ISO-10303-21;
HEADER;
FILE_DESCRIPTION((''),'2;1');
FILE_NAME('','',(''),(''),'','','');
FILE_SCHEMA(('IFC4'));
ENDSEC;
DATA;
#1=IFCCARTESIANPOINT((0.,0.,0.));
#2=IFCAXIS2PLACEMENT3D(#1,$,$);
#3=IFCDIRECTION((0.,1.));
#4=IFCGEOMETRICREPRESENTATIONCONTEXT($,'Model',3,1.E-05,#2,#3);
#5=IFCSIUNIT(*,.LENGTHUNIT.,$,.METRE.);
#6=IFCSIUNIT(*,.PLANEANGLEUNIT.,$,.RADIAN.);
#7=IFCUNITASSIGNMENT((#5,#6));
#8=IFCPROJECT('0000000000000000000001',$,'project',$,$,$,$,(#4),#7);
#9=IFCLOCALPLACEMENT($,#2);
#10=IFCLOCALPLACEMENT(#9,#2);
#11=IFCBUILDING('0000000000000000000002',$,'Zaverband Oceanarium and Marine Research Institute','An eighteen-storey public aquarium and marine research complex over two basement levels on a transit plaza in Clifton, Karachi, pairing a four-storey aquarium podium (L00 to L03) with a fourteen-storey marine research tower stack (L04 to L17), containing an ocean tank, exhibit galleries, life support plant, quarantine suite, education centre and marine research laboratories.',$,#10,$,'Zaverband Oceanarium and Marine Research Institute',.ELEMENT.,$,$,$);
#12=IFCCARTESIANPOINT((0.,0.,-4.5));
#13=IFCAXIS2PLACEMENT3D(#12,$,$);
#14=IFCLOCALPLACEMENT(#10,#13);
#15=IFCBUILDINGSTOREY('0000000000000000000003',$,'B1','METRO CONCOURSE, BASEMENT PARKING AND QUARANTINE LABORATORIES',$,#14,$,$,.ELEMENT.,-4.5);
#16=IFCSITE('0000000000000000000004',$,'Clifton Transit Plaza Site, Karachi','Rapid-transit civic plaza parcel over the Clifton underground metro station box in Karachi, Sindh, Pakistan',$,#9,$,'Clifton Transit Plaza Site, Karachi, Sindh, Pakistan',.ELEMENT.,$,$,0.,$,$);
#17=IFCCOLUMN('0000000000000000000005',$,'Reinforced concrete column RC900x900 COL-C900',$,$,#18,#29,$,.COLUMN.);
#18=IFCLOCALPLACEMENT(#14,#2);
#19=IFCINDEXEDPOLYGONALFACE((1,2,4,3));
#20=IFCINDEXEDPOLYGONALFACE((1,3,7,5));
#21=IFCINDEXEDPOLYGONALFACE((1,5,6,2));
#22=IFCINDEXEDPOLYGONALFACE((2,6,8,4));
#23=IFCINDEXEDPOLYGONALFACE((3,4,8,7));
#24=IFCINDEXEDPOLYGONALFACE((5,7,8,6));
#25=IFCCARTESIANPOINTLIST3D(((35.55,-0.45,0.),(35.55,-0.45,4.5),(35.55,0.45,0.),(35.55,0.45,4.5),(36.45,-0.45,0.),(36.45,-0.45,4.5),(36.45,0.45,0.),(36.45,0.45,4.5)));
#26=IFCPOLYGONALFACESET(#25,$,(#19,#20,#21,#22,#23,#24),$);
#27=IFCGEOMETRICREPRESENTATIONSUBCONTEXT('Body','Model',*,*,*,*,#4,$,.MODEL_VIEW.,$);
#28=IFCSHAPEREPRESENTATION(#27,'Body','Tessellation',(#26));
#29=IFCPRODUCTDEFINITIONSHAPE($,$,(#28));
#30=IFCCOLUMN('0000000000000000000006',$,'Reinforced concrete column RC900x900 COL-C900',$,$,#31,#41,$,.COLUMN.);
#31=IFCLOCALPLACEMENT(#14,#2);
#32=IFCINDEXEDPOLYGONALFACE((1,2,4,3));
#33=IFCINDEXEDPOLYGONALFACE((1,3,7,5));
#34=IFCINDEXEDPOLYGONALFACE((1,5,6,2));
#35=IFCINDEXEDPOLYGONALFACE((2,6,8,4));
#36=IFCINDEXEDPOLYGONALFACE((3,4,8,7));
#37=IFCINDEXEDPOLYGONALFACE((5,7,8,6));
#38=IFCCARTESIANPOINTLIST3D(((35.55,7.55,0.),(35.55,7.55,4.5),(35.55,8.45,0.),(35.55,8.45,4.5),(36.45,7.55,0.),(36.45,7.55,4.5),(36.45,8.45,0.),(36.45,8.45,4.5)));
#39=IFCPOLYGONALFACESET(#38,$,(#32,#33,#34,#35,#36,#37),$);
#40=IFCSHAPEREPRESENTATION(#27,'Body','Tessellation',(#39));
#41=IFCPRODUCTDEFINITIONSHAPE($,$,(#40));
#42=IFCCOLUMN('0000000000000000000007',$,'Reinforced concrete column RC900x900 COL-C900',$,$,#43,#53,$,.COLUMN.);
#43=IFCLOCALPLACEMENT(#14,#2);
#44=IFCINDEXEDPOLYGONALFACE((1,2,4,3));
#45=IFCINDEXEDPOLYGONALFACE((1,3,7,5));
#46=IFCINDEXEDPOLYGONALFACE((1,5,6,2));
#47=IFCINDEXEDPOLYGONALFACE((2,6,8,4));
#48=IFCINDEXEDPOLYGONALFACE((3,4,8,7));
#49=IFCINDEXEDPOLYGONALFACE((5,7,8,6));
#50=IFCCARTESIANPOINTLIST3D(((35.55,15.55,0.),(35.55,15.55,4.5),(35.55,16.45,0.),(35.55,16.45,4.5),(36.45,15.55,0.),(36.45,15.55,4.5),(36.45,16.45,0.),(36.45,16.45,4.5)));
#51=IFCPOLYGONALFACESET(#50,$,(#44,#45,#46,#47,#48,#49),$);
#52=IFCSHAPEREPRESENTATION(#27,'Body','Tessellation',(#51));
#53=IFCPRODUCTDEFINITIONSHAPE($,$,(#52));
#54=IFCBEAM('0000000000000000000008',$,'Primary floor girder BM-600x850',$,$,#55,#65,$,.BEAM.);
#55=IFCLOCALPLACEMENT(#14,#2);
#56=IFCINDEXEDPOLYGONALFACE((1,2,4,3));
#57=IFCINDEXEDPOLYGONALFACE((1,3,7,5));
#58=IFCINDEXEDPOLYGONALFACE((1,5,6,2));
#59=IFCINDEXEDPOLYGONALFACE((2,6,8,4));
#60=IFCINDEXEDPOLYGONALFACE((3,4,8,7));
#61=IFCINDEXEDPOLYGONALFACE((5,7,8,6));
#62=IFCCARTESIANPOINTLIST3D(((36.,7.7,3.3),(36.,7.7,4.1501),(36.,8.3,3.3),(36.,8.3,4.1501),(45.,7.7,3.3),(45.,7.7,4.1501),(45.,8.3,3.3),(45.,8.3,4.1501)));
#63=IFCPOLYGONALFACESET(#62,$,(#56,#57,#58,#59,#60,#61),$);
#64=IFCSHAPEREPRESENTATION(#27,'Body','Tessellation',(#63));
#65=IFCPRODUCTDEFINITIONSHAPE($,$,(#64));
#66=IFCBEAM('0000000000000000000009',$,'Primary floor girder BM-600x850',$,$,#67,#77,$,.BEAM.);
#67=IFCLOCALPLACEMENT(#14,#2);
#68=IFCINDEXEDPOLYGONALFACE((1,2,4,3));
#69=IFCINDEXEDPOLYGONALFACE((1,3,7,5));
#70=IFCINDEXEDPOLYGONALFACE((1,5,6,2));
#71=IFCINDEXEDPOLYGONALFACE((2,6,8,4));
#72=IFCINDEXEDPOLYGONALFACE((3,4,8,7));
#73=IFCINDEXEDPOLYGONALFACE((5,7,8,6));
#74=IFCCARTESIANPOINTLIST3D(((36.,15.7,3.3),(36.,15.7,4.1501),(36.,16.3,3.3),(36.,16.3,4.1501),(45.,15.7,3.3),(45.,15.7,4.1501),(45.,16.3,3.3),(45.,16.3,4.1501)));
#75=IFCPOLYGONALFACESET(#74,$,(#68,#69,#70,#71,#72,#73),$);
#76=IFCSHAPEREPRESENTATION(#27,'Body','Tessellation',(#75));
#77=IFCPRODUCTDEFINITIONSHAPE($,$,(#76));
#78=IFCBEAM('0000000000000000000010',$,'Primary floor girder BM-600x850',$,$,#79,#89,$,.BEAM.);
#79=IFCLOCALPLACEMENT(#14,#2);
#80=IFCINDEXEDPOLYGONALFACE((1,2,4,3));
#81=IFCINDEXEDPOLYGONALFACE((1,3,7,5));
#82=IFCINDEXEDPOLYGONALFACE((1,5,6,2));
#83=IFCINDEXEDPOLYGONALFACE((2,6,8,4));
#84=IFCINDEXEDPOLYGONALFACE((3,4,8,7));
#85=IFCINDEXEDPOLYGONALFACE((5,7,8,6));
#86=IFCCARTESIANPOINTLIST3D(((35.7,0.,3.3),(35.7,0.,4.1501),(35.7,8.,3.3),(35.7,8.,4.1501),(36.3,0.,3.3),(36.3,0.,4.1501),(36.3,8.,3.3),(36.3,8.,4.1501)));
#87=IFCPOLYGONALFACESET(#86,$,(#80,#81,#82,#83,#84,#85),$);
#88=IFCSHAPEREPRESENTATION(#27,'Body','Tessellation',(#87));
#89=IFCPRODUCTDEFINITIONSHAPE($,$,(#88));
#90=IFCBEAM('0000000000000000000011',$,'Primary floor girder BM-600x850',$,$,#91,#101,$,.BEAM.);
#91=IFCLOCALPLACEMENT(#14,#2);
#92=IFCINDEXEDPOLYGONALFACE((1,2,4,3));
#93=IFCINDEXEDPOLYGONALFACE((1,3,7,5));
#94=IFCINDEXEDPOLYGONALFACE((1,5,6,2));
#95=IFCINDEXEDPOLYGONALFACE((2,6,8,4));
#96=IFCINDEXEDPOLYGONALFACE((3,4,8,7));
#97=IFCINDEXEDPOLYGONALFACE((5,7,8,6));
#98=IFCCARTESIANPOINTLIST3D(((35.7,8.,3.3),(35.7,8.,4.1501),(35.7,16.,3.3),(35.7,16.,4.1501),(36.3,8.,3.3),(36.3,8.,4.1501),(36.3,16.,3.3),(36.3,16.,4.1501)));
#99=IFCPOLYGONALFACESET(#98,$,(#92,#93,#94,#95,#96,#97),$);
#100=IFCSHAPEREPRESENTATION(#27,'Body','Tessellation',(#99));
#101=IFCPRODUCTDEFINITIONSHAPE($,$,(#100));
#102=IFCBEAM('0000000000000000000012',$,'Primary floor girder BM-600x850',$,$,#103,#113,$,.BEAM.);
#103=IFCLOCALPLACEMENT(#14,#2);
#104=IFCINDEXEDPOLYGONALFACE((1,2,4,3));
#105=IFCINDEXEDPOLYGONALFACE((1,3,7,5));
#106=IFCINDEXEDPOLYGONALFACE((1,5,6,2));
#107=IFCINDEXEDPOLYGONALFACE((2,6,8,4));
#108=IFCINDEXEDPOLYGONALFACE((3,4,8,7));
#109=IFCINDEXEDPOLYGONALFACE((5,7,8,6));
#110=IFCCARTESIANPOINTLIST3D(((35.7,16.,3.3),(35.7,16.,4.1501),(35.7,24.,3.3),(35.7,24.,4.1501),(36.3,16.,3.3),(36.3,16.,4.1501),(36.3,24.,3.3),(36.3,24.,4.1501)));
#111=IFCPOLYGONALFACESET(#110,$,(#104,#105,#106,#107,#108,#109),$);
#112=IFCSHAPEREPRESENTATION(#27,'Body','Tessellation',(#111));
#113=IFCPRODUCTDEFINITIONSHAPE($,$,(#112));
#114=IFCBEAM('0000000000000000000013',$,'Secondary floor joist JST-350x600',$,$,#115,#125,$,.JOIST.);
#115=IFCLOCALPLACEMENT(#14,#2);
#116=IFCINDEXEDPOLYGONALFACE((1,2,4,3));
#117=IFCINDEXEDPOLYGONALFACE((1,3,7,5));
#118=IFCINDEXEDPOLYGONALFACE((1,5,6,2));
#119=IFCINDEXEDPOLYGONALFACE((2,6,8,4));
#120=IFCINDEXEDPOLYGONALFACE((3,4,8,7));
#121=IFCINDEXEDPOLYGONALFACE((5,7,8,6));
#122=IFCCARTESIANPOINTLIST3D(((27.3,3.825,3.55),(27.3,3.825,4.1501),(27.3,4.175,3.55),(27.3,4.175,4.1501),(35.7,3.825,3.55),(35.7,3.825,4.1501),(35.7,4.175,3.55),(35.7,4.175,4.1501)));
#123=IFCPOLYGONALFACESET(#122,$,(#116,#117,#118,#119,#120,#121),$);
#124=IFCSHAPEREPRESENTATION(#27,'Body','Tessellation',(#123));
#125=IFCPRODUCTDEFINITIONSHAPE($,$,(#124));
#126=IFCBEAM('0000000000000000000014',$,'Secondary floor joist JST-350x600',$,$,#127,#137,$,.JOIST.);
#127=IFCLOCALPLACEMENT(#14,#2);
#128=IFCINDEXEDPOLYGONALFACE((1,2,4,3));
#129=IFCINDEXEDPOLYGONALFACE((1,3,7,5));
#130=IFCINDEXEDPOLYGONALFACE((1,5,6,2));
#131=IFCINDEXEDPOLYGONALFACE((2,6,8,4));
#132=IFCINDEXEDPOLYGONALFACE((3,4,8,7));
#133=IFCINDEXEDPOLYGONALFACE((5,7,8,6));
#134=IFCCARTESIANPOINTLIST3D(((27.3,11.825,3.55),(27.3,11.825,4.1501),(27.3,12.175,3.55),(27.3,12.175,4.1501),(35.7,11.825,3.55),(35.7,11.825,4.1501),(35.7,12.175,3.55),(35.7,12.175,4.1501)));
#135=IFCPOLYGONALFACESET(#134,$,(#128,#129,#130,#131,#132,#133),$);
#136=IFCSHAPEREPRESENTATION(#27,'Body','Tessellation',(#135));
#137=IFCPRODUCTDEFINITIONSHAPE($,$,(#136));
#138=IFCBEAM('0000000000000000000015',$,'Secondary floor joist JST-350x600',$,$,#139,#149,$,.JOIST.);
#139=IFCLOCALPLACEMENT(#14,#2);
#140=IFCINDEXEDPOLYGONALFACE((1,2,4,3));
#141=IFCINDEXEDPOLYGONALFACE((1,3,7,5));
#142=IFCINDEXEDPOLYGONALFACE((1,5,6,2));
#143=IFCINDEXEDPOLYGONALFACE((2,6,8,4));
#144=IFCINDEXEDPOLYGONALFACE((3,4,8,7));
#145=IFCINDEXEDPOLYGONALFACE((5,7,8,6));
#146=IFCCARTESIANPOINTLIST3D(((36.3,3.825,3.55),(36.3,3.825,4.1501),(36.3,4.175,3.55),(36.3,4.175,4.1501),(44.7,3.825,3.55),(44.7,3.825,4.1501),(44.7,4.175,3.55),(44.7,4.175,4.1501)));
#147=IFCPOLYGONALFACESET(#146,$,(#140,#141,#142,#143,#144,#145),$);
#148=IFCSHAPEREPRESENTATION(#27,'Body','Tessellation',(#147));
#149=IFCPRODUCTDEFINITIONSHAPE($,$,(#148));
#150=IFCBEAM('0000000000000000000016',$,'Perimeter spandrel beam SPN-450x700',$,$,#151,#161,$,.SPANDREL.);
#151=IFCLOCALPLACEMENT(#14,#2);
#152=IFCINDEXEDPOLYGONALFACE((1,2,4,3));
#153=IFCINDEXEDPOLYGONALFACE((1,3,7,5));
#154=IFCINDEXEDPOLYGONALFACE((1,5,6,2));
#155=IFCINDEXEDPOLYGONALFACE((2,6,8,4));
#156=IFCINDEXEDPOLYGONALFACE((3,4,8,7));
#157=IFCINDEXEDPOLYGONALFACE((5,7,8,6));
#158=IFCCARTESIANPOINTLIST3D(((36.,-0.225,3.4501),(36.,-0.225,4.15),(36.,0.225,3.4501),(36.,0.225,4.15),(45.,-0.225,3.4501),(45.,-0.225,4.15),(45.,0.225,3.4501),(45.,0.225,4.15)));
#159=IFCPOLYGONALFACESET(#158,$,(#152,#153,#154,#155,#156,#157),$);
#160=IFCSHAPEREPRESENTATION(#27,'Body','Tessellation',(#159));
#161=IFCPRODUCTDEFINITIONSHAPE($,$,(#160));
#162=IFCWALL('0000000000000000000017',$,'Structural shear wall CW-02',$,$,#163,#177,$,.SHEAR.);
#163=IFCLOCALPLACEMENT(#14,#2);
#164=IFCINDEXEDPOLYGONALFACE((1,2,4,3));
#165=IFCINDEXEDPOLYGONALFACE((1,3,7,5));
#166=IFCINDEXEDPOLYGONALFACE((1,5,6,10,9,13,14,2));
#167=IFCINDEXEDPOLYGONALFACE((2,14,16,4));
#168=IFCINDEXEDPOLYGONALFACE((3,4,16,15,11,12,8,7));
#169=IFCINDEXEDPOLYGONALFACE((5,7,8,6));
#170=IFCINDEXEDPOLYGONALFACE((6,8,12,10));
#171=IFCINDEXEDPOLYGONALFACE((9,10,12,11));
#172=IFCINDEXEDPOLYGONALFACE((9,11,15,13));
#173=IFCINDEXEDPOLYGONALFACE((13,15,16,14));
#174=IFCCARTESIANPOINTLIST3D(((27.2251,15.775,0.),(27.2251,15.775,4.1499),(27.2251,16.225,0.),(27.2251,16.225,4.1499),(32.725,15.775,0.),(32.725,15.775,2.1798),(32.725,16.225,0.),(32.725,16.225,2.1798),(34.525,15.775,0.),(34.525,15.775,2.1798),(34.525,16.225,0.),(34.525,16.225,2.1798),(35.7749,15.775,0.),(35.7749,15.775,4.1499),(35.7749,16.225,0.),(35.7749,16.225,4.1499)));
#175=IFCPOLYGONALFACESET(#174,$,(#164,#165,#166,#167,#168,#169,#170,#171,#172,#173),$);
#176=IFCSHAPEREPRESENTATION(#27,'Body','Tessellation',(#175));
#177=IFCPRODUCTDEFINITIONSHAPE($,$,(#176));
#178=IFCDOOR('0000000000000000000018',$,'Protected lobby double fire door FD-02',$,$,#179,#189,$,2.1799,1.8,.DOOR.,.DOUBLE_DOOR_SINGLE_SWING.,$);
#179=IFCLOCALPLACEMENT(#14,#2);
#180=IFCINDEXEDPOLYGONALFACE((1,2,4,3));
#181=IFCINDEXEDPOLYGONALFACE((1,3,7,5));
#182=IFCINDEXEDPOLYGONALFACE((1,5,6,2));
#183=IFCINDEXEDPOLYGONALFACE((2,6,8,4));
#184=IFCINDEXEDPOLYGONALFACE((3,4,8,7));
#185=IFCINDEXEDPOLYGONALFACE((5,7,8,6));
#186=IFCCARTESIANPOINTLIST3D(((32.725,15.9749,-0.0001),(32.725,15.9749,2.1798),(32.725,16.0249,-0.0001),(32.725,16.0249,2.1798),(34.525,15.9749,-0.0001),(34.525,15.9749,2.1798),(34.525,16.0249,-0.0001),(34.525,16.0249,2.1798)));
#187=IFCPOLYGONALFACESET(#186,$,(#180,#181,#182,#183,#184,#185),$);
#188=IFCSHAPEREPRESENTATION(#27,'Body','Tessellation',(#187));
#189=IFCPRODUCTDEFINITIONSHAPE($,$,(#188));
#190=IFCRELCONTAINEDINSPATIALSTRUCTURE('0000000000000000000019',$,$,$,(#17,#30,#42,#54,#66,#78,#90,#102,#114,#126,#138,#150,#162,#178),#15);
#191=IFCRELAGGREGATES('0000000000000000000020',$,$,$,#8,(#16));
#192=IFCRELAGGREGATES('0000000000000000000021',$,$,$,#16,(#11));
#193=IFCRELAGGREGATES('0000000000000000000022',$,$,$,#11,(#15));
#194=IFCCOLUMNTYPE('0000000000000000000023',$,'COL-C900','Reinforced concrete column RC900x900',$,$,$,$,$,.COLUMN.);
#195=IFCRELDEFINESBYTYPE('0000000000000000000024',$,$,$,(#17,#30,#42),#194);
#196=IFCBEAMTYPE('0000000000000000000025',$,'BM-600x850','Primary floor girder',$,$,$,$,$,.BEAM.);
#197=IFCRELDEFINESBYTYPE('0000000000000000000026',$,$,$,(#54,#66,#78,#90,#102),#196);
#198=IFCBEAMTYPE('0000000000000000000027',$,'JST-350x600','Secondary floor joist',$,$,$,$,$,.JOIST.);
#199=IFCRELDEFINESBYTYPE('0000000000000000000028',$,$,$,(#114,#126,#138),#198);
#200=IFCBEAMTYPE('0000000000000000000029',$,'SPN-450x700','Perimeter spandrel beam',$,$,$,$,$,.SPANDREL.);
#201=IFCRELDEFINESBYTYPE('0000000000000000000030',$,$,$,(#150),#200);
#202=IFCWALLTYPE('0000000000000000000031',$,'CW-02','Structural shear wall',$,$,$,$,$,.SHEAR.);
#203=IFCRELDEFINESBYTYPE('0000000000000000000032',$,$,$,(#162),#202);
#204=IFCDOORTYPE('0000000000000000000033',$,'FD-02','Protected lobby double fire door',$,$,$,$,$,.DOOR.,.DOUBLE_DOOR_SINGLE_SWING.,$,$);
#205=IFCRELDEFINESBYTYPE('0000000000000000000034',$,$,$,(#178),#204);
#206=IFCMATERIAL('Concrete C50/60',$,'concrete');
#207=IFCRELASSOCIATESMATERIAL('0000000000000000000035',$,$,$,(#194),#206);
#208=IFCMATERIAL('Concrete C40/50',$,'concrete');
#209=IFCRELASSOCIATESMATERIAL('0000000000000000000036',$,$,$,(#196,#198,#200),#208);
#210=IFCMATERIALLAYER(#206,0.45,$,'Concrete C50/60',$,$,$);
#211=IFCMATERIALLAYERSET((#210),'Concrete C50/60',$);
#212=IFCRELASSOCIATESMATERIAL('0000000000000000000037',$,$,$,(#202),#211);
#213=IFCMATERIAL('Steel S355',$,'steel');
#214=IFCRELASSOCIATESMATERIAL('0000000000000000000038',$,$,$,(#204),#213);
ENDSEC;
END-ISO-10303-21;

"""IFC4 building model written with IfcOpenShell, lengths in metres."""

from ifc_helpers import new_model, si_unit, direction, frame, frame_2d, origin, origin_2d, place, context, subcontext, project, spatial, rectangle, extrude, material, layer, layer_set, material_profile, profile_set, type_object, element, fill, save


model = new_model("IFC4")

# Units and contexts
model_context = context("Model", 3, precision=1e-05, world=origin(), true_north=direction((0.0, 1.0)))
body_context = subcontext(model_context, "Body", "Model", "MODEL_VIEW")
ifc_project = project(units=[si_unit("LENGTHUNIT", "METRE"), si_unit("PLANEANGLEUNIT", "RADIAN")], contexts=[model_context])

# Site, building, storey
site_placement = place(None, origin())
site = spatial("IfcSite", under=ifc_project, at=site_placement, Name="Clifton Transit Plaza Site, Karachi", Description="Rapid-transit civic plaza parcel over the Clifton underground metro station box in Karachi, Sindh, Pakistan", LongName="Clifton Transit Plaza Site, Karachi, Sindh, Pakistan", CompositionType="ELEMENT", RefElevation=0.0)
building_placement = place(site_placement, origin())
building = spatial("IfcBuilding", under=site, at=building_placement, Name="Zaverband Oceanarium and Marine Research Institute", Description="An eighteen-storey public aquarium and marine research complex over two basement levels on a transit plaza in Clifton, Karachi, pairing a four-storey aquarium podium (L00 to L03) with a fourteen-storey marine research tower stack (L04 to L17), containing an ocean tank, exhibit galleries, life support plant, quarantine suite, education centre and marine research laboratories.", LongName="Zaverband Oceanarium and Marine Research Institute", CompositionType="ELEMENT")
storey_placement = place(building_placement, frame((0.0, 0.0, -4.5)))
storey = spatial("IfcBuildingStorey", under=building, at=storey_placement, Name="B1", Description="METRO CONCOURSE, BASEMENT PARKING AND QUARANTINE LABORATORIES", CompositionType="ELEMENT", Elevation=-4.5)

# Columns
ifc_material_1 = material(Name="Concrete C50/60", Category="concrete")
ifc_material_profile_1 = material_profile(ifc_material_1, rectangle(XDim=0.8999, YDim=0.8999, at=origin_2d()), Name="RC900x900")
ifc_profile_set_1 = profile_set([ifc_material_profile_1], Name="Concrete C50/60")
column_type = type_object("IfcColumnType", Name="COL-C900", Description="Reinforced concrete column RC900x900", PredefinedType="COLUMN", material=ifc_profile_set_1)
for number, where, z_axis, x_axis, name in (
    (1, (36.0, 0.0, 0.0), (0.0, 0.0, 1.0), (1.0, 0.0, 0.0), "Reinforced concrete column RC900x900 COL-C900"),
    (2, (36.0, 8.0, 0.0), (0.0, 0.0, 1.0), (1.0, 0.0, 0.0), "Reinforced concrete column RC900x900 COL-C900"),
    (3, (36.0, 16.0, 0.0), (0.0, 0.0, 1.0), (1.0, 0.0, 0.0), "Reinforced concrete column RC900x900 COL-C900"),
):
    element("IfcColumn", number, at=place(storey_placement, frame(where, z_axis=z_axis, x_axis=x_axis)), inside=storey, type_object=column_type, Name=name, PredefinedType="COLUMN", context=body_context, shape_type="SweptSolid", body=[
        extrude(rectangle(XDim=0.8999, YDim=0.8999, at=origin_2d()), origin(), (0.0, 0.0, 1.0), 4.5),
    ])

# Beams
ifc_material_2 = material(Name="Concrete C40/50", Category="concrete")
ifc_material_profile_2 = material_profile(ifc_material_2, rectangle(XDim=0.6001, YDim=0.8501, at=origin_2d()), Name="RC600x850")
ifc_profile_set_2 = profile_set([ifc_material_profile_2], Name="Concrete C40/50")
beam_type_1 = type_object("IfcBeamType", Name="BM-600x850", Description="Primary floor girder", PredefinedType="BEAM", material=ifc_profile_set_2)
for number, where, z_axis, x_axis, name in (
    (4, (36.0, 8.0, 3.7251), (1.0, 0.0, 0.0), (0.0, 1.0, 0.0), "Primary floor girder BM-600x850"),
    (5, (36.0, 16.0, 3.7251), (1.0, 0.0, 0.0), (0.0, 1.0, 0.0), "Primary floor girder BM-600x850"),
):
    element("IfcBeam", number, at=place(storey_placement, frame(where, z_axis=z_axis, x_axis=x_axis)), inside=storey, type_object=beam_type_1, Name=name, PredefinedType="BEAM", context=body_context, shape_type="SweptSolid", body=[
        extrude(rectangle(XDim=0.6001, YDim=0.8501, at=origin_2d()), origin(), (0.0, 0.0, 1.0), 9.0),
    ])
for number, where, z_axis, x_axis, name in (
    (6, (36.0, 0.0, 3.7251), (0.0, 1.0, 0.0), (-1.0, 0.0, 0.0), "Primary floor girder BM-600x850"),
    (7, (36.0, 8.0, 3.7251), (0.0, 1.0, 0.0), (-1.0, 0.0, 0.0), "Primary floor girder BM-600x850"),
    (8, (36.0, 16.0, 3.7251), (0.0, 1.0, 0.0), (-1.0, 0.0, 0.0), "Primary floor girder BM-600x850"),
):
    element("IfcBeam", number, at=place(storey_placement, frame(where, z_axis=z_axis, x_axis=x_axis)), inside=storey, type_object=beam_type_1, Name=name, PredefinedType="BEAM", context=body_context, shape_type="SweptSolid", body=[
        extrude(rectangle(XDim=0.6001, YDim=0.8501, at=origin_2d()), origin(), (0.0, 0.0, 1.0), 8.0),
    ])
ifc_material_profile_3 = material_profile(ifc_material_2, rectangle(XDim=0.3501, YDim=0.6001, at=origin_2d()), Name="RC350x600")
ifc_profile_set_3 = profile_set([ifc_material_profile_3], Name="Concrete C40/50")
beam_type_2 = type_object("IfcBeamType", Name="JST-350x600", Description="Secondary floor joist", PredefinedType="JOIST", material=ifc_profile_set_3)
for number, where, z_axis, x_axis, name in (
    (9, (27.3, 4.0, 3.8501), (1.0, 0.0, 0.0), (0.0, 1.0, 0.0), "Secondary floor joist JST-350x600"),
    (10, (27.3, 12.0, 3.8501), (1.0, 0.0, 0.0), (0.0, 1.0, 0.0), "Secondary floor joist JST-350x600"),
    (11, (36.3, 4.0, 3.8501), (1.0, 0.0, 0.0), (0.0, 1.0, 0.0), "Secondary floor joist JST-350x600"),
):
    element("IfcBeam", number, at=place(storey_placement, frame(where, z_axis=z_axis, x_axis=x_axis)), inside=storey, type_object=beam_type_2, Name=name, PredefinedType="JOIST", context=body_context, shape_type="SweptSolid", body=[
        extrude(rectangle(XDim=0.3501, YDim=0.6001, at=origin_2d()), origin(), (0.0, 0.0, 1.0), 8.3999),
    ])
ifc_material_profile_4 = material_profile(ifc_material_2, rectangle(XDim=0.45, YDim=0.7, at=origin_2d()), Name="RC450x700")
ifc_profile_set_4 = profile_set([ifc_material_profile_4], Name="Concrete C40/50")
beam_type_3 = type_object("IfcBeamType", Name="SPN-450x700", Description="Perimeter spandrel beam", PredefinedType="SPANDREL", material=ifc_profile_set_4)
beam_placement = place(storey_placement, frame((36.0, 0.0, 3.8), z_axis=(1.0, 0.0, 0.0), x_axis=(0.0, 1.0, 0.0)))
element("IfcBeam", 12, at=beam_placement, inside=storey, type_object=beam_type_3, Name="Perimeter spandrel beam SPN-450x700", PredefinedType="SPANDREL", context=body_context, shape_type="SweptSolid", body=[
    extrude(rectangle(XDim=0.45, YDim=0.7, at=origin_2d()), origin(), (0.0, 0.0, 1.0), 9.0),
])

# Wall, opening, door
ifc_layer_1 = layer(ifc_material_1, 0.45, Name="Concrete C50/60")
ifc_layer_set_1 = layer_set([ifc_layer_1], Name="Concrete C50/60")
wall_type_1 = type_object("IfcWallType", Name="CW-02", Description="Structural shear wall", PredefinedType="SHEAR", material=ifc_layer_set_1)
wall_1_placement = place(storey_placement, frame((27.2251, 16.0, 0.0), z_axis=(0.0, 0.0, 1.0), x_axis=(1.0, 0.0, 0.0)))
wall_1 = element("IfcWall", 13, at=wall_1_placement, inside=storey, type_object=wall_type_1, Name="Structural shear wall CW-02", PredefinedType="SHEAR", context=body_context, shape_type="SweptSolid", body=[
    extrude(rectangle(XDim=8.5498, YDim=0.45, at=frame_2d((4.2749, 0.0))), origin(), (0.0, 0.0, 1.0), 4.1499),
])
opening_1_placement = place(wall_1_placement, frame((5.5, 0.0, 0.0)))
opening_1 = element("IfcOpeningElement", 14, at=opening_1_placement, cuts=wall_1, PredefinedType="OPENING", context=body_context, shape_type="SweptSolid", body=[
    extrude(rectangle(XDim=1.8, YDim=2.1799, at=frame_2d((0.8999, 1.0898))), frame((0.0, 0.2368, 0.0), z_axis=(0.0, -1.0, 0.0), x_axis=(1.0, 0.0, 0.0)), (0.0, 0.0, 1.0), 0.4739),
])
ifc_material_3 = material(Name="Steel S355", Category="steel")
door_type_1 = type_object("IfcDoorType", Name="FD-02", Description="Protected lobby double fire door", OperationType="DOUBLE_DOOR_SINGLE_SWING", PredefinedType="DOOR", material=ifc_material_3)
door_1_placement = place(opening_1_placement, origin())
door_1 = element("IfcDoor", 15, at=door_1_placement, inside=storey, type_object=door_type_1, Name="Protected lobby double fire door FD-02", OperationType="DOUBLE_DOOR_SINGLE_SWING", OverallHeight=2.1799, OverallWidth=1.8, PredefinedType="DOOR", context=body_context, shape_type="SweptSolid", body=[
    extrude(rectangle(XDim=1.8, YDim=2.1799, at=frame_2d((0.8999, 1.0898))), frame((0.0, 0.0249, 0.0), z_axis=(0.0, -1.0, 0.0), x_axis=(1.0, 0.0, 0.0)), (0.0, 0.0, 1.0), 0.05),
])
fill(opening_1, door_1)

save(model, "model.ifc")
